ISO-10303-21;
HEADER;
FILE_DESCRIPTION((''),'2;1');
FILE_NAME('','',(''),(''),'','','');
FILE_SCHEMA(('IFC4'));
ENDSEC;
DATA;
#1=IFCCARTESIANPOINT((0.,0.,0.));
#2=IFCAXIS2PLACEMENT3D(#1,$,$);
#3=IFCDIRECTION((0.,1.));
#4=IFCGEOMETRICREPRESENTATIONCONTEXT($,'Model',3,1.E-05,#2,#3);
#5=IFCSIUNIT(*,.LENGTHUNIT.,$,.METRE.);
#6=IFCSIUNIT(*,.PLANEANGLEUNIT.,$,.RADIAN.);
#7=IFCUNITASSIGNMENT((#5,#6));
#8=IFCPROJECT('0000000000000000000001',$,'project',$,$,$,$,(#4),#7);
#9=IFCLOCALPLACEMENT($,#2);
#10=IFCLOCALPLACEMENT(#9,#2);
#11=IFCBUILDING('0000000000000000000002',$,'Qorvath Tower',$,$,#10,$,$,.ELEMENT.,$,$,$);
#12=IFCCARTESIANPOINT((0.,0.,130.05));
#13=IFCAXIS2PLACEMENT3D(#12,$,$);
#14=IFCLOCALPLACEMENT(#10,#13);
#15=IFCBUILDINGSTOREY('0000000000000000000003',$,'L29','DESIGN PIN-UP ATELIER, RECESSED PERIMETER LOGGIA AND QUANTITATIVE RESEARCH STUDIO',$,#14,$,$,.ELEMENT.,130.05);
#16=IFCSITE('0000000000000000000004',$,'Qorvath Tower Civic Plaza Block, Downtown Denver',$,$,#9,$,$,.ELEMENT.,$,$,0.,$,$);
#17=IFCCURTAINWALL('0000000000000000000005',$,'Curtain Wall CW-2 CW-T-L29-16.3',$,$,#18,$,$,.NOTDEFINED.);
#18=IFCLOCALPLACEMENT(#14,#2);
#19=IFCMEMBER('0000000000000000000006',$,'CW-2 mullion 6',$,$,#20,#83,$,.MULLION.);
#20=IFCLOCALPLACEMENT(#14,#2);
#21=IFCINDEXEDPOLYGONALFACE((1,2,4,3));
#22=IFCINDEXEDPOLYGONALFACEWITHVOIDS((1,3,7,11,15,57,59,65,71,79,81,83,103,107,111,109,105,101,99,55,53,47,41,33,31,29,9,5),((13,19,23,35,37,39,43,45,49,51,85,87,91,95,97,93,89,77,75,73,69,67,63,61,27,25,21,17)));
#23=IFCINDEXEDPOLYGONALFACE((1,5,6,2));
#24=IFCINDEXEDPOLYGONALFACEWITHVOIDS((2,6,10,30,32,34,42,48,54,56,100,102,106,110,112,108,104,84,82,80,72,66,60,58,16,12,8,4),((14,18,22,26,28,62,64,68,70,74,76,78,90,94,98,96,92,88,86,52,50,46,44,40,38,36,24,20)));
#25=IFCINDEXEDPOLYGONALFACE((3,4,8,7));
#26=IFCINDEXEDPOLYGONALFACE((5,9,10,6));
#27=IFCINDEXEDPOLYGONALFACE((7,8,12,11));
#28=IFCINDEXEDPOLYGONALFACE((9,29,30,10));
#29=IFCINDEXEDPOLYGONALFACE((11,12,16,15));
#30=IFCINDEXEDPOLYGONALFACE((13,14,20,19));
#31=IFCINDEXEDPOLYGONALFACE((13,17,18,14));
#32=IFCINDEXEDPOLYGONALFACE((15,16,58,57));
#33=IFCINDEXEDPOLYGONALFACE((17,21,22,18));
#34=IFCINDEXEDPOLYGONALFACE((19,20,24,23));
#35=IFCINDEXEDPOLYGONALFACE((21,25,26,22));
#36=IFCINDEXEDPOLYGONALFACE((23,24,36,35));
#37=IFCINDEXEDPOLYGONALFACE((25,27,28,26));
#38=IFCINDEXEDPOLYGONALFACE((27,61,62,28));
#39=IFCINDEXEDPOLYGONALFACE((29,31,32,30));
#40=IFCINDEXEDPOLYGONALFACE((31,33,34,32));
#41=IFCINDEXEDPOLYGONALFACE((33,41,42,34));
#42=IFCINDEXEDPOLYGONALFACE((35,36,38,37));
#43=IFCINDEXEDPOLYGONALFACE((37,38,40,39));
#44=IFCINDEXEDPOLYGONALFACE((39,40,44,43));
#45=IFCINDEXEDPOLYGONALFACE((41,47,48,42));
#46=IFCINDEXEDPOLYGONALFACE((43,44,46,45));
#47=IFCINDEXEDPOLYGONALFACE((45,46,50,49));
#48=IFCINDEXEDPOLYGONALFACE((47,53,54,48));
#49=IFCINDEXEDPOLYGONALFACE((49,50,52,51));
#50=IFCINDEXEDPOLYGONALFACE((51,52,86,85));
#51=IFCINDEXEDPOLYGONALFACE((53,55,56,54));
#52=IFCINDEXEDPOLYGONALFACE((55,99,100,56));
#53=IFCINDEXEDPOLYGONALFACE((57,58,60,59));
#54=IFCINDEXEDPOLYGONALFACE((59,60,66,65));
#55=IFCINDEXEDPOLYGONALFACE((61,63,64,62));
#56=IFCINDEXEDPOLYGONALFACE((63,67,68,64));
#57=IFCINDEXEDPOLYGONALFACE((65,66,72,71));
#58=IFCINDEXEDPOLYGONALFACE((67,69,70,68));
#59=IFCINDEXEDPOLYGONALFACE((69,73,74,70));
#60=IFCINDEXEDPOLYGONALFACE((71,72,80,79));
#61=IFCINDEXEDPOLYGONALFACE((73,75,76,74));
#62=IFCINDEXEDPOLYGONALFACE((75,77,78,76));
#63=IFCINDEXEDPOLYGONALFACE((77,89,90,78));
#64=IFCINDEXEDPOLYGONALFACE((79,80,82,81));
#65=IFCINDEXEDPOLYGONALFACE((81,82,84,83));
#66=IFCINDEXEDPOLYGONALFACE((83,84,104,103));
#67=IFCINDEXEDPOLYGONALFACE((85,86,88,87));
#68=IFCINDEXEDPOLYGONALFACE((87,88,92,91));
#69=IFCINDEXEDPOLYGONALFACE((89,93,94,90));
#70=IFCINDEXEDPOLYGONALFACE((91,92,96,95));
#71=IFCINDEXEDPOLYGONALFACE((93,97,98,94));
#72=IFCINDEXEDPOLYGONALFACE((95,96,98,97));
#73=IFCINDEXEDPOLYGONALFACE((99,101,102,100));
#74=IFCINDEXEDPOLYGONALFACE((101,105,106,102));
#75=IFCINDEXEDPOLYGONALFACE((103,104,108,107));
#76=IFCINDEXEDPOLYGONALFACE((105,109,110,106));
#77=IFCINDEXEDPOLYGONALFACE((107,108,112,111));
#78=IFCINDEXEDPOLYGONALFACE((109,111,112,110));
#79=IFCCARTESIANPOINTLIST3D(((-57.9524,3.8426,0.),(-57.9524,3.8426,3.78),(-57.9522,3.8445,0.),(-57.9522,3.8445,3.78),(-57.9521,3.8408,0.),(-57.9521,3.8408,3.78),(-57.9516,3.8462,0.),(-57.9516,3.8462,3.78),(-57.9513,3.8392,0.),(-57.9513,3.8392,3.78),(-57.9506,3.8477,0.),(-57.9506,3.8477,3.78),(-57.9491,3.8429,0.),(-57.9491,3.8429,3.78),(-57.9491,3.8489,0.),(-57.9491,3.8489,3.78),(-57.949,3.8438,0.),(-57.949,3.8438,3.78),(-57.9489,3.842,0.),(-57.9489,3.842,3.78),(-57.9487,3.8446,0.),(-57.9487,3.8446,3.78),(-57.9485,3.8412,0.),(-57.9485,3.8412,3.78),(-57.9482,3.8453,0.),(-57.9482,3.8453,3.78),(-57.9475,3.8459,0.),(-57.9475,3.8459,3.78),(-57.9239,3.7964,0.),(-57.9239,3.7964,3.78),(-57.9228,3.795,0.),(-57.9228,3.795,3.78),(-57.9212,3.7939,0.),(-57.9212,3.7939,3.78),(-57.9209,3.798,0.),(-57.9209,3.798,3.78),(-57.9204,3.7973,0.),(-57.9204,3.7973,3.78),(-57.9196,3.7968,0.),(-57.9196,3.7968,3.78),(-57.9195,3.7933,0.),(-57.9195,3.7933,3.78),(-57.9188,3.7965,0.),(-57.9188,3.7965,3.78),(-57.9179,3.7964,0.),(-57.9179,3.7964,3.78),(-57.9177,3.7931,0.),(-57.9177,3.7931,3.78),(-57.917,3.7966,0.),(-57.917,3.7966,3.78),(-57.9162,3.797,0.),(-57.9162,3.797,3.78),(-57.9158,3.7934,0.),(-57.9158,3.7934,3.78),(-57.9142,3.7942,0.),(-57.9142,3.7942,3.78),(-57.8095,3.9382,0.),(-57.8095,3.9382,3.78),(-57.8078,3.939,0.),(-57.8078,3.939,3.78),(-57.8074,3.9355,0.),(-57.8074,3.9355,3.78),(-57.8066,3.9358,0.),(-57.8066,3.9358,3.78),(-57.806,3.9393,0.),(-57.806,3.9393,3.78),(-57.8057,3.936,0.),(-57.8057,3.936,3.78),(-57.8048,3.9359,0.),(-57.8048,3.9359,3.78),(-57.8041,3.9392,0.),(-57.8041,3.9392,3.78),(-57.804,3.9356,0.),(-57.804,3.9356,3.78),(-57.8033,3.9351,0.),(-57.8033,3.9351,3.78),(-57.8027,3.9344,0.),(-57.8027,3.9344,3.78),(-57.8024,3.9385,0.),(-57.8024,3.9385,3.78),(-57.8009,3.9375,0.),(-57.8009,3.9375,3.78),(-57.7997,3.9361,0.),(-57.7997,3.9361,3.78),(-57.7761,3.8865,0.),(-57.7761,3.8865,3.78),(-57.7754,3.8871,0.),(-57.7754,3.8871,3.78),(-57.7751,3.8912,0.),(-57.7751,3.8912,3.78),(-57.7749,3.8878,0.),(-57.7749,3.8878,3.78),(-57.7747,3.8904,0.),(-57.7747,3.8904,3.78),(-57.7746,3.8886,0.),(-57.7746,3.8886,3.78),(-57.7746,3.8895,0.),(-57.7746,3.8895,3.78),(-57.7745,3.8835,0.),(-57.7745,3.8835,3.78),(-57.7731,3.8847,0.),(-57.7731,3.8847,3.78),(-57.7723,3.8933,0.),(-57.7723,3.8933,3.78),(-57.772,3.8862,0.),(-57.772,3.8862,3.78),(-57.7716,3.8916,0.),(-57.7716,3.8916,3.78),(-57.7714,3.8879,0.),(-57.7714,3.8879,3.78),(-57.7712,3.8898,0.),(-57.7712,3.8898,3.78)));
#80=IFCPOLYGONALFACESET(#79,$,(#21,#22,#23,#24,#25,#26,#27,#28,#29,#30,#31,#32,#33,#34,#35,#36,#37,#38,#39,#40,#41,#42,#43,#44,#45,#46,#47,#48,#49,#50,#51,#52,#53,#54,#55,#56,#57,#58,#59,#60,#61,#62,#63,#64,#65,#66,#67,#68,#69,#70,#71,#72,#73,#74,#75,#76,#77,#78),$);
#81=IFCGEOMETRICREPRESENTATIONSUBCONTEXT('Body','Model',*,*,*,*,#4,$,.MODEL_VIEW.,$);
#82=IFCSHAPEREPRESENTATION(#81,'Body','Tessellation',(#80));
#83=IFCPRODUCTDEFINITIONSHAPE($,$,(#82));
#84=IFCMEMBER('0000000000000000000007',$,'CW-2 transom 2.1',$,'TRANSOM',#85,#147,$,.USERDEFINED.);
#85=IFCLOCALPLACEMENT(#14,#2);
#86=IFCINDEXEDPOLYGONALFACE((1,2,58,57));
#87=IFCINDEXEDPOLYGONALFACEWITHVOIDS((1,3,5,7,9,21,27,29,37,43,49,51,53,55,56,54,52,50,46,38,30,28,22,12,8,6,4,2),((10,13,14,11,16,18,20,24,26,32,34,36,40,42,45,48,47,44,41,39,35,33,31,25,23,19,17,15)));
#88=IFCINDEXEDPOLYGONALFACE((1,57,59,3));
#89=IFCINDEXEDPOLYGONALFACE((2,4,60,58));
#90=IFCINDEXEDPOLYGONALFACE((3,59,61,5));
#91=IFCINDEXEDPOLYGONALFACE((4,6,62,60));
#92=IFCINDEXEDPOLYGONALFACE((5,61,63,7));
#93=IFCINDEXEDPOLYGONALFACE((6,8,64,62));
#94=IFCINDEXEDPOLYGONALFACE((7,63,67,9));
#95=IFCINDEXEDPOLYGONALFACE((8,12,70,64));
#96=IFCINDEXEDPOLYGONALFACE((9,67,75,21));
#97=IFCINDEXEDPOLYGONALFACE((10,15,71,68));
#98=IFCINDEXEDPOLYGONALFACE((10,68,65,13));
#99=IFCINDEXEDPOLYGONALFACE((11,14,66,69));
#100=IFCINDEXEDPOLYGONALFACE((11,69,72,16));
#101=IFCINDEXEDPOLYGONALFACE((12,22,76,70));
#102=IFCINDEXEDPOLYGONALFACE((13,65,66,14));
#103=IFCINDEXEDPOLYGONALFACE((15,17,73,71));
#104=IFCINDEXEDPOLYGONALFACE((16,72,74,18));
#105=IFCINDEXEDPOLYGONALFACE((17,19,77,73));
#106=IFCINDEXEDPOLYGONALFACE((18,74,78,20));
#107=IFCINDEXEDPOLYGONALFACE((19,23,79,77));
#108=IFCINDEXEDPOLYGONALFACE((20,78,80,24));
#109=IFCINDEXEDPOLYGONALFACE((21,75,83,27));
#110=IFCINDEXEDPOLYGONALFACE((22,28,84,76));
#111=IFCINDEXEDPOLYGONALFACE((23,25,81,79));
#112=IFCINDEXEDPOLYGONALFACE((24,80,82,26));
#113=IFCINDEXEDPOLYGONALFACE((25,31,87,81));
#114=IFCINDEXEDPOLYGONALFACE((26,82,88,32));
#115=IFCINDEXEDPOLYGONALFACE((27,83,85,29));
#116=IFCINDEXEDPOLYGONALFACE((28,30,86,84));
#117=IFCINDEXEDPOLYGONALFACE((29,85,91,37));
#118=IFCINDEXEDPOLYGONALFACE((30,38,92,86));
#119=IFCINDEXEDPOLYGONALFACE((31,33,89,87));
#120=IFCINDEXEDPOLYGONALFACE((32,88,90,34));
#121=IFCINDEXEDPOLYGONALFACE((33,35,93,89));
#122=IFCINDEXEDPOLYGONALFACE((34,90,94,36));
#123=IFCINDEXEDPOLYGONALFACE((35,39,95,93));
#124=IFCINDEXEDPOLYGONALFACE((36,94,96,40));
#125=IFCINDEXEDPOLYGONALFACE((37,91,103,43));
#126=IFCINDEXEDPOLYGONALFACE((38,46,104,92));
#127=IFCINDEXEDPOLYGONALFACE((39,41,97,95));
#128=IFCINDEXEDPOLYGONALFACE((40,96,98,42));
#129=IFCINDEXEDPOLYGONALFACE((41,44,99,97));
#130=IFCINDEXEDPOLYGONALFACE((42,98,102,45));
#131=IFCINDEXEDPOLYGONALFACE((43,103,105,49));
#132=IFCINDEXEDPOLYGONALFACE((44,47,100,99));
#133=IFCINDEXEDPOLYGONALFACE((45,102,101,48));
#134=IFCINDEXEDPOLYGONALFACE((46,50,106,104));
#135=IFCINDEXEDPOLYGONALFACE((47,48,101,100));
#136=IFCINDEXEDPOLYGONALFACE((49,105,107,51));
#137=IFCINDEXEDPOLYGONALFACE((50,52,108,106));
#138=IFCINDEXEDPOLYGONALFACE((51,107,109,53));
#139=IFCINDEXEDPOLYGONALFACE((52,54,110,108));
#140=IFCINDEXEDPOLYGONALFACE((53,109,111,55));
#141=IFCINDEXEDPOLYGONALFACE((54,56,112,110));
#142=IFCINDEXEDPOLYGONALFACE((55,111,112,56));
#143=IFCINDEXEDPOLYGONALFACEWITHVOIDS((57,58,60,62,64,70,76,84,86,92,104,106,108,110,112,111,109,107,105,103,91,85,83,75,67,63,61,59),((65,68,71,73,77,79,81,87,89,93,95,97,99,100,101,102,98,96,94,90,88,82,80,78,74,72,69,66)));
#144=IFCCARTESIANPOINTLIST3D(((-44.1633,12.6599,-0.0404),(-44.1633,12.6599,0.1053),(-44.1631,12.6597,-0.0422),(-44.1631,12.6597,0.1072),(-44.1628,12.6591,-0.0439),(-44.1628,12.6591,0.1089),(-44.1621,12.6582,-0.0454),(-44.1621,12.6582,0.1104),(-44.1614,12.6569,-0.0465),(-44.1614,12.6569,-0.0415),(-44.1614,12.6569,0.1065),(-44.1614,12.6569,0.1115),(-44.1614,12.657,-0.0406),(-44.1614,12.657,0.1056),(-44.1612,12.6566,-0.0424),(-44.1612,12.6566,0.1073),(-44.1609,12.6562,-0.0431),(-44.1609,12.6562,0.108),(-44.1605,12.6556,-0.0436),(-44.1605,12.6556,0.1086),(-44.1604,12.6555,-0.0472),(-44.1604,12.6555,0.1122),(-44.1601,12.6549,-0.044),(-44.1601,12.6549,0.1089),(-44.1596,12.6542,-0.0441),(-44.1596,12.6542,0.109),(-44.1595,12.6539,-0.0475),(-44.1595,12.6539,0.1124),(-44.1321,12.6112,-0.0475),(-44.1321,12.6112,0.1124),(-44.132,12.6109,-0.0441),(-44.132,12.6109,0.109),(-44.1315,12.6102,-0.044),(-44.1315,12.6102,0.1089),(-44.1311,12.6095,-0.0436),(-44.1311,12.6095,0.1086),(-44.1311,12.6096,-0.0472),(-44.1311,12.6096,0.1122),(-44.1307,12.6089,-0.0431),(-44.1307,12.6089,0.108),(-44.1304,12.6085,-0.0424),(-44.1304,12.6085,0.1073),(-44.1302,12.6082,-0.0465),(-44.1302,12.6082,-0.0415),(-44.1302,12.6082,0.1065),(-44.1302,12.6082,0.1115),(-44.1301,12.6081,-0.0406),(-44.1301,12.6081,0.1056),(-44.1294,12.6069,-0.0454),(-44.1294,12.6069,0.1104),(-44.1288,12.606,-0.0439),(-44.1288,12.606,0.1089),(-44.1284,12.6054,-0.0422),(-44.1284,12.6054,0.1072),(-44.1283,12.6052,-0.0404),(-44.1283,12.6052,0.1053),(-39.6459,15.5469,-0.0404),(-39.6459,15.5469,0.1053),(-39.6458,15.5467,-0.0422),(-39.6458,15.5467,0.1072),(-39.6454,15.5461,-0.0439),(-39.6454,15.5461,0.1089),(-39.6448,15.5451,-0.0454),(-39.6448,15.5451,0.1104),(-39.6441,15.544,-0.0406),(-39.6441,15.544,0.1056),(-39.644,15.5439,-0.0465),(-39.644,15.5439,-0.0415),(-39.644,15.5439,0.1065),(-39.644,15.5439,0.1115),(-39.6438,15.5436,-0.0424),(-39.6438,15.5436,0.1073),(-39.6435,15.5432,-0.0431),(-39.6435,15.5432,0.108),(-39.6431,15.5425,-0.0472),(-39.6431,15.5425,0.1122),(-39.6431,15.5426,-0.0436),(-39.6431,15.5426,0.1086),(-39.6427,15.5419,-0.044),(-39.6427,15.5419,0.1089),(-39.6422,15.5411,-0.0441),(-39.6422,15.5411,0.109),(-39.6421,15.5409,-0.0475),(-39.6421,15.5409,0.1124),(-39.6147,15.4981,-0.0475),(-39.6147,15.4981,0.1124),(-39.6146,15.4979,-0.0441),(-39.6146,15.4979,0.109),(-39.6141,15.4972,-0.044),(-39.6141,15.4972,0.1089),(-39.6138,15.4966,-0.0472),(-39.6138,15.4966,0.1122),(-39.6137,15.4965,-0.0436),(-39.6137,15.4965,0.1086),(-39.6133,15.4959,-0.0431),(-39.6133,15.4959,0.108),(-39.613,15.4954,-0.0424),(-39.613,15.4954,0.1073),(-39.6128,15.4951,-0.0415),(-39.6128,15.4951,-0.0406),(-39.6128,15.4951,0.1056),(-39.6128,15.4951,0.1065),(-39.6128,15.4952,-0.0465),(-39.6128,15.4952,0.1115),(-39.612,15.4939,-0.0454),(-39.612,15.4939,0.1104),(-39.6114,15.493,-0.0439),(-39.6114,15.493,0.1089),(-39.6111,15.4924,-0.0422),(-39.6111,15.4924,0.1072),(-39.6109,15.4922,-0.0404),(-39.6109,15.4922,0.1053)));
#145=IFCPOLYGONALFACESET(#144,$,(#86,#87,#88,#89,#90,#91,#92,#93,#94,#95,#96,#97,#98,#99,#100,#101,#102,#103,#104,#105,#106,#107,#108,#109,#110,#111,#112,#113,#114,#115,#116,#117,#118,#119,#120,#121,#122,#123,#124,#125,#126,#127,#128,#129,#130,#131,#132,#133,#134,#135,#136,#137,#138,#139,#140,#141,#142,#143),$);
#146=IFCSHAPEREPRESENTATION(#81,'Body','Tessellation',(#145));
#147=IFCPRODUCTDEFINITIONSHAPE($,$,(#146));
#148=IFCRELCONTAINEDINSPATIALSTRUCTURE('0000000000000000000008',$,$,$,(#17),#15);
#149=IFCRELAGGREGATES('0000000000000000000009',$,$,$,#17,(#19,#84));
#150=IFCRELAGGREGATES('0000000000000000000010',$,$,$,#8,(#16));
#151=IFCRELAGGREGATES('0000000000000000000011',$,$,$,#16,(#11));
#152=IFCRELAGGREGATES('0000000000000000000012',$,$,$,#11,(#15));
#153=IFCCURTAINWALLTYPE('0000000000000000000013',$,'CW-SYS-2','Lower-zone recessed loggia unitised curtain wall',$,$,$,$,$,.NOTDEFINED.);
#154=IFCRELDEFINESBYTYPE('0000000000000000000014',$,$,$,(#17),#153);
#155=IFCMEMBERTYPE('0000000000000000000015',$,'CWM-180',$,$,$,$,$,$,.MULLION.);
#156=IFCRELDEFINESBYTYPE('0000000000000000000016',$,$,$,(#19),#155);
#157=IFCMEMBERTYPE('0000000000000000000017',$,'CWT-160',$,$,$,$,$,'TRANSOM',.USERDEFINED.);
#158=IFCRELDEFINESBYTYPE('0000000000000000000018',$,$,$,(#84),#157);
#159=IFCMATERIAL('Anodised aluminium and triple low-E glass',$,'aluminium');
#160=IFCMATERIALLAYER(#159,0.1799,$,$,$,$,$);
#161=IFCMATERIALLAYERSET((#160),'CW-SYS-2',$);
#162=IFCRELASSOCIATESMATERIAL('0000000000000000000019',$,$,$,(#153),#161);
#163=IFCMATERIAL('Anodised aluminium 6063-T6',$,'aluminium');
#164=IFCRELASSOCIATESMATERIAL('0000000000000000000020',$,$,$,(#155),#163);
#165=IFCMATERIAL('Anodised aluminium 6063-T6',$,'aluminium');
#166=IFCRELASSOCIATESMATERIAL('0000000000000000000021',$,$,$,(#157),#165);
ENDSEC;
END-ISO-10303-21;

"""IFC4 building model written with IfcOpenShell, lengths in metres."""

from ifc_helpers import new_model, si_unit, direction, frame, origin, origin_2d, place, context, subcontext, project, spatial, hollow_rectangle, extrude, material, layer, layer_set, material_profile, profile_set, type_object, element, aggregate, save


model = new_model("IFC4")

# Units and contexts
model_context = context("Model", 3, precision=1e-05, world=origin(), true_north=direction((0.0, 1.0)))
body_context = subcontext(model_context, "Body", "Model", "MODEL_VIEW")
ifc_project = project(units=[si_unit("LENGTHUNIT", "METRE"), si_unit("PLANEANGLEUNIT", "RADIAN")], contexts=[model_context])

# Site, building, storey
site_placement = place(None, origin())
site = spatial("IfcSite", under=ifc_project, at=site_placement, Name="Qorvath Tower Civic Plaza Block, Downtown Denver", CompositionType="ELEMENT", RefElevation=0.0)
building_placement = place(site_placement, origin())
building = spatial("IfcBuilding", under=site, at=building_placement, Name="Qorvath Tower", CompositionType="ELEMENT")
storey_placement = place(building_placement, frame((0.0, 0.0, 130.05)))
storey = spatial("IfcBuildingStorey", under=building, at=storey_placement, Name="L29", Description="DESIGN PIN-UP ATELIER, RECESSED PERIMETER LOGGIA AND QUANTITATIVE RESEARCH STUDIO", CompositionType="ELEMENT", Elevation=130.05)

# Curtain wall, members
ifc_material_1 = material(Name="Anodised aluminium and triple low-E glass", Category="aluminium")
ifc_layer_1 = layer(ifc_material_1, 0.1799)
ifc_layer_set_1 = layer_set([ifc_layer_1], Name="CW-SYS-2")
curtain_wall_type = type_object("IfcCurtainWallType", Name="CW-SYS-2", Description="Lower-zone recessed loggia unitised curtain wall", PredefinedType="NOTDEFINED", material=ifc_layer_set_1)
curtain_wall_placement = place(storey_placement, origin())
curtain_wall = element("IfcCurtainWall", 1, at=curtain_wall_placement, inside=storey, type_object=curtain_wall_type, Name="Curtain Wall CW-2 CW-T-L29-16.3", PredefinedType="NOTDEFINED")
ifc_material_2 = material(Name="Anodised aluminium 6063-T6", Category="aluminium")
ifc_material_profile_1 = material_profile(ifc_material_2, hollow_rectangle(XDim=0.0649, YDim=0.1799, WallThickness=0.0034, InnerFilletRadius=0.0034, OuterFilletRadius=0.0071, at=origin_2d()), Name="CWM 180x65")
ifc_profile_set_1 = profile_set([ifc_material_profile_1], Name="Anodised aluminium 6063-T6")
member_type_1 = type_object("IfcMemberType", Name="CWM-180", PredefinedType="MULLION", material=ifc_profile_set_1)
member_1_placement = place(storey_placement, frame((-57.8618, 3.8662, 0.0), z_axis=(0.0, 0.0, 1.0), x_axis=(0.538534, -0.842604, 0.0)))
member_1 = element("IfcMember", 2, at=member_1_placement, type_object=member_type_1, Name="CW-2 mullion 6", PredefinedType="MULLION", context=body_context, shape_type="SweptSolid", body=[
    extrude(hollow_rectangle(XDim=0.0649, YDim=0.1799, WallThickness=0.0034, InnerFilletRadius=0.0034, OuterFilletRadius=0.0071, at=origin_2d()), origin(), (0.0, 0.0, 1.0), 3.78),
])
ifc_material_3 = material(Name="Anodised aluminium 6063-T6", Category="aluminium")
ifc_material_profile_2 = material_profile(ifc_material_3, hollow_rectangle(XDim=0.0649, YDim=0.1599, WallThickness=0.0034, InnerFilletRadius=0.0034, OuterFilletRadius=0.0071, at=origin_2d()), Name="CWT 160x65")
ifc_profile_set_2 = profile_set([ifc_material_profile_2], Name="Anodised aluminium 6063-T6")
member_type_2 = type_object("IfcMemberType", Name="CWT-160", ElementType="TRANSOM", PredefinedType="USERDEFINED", material=ifc_profile_set_2)
member_2_placement = place(storey_placement, frame((-39.6284, 15.5195, 0.0325), z_axis=(-0.842621, -0.538507, 0.0), x_axis=(0.538507, -0.842621, 0.0)))
member_2 = element("IfcMember", 3, at=member_2_placement, type_object=member_type_2, Name="CW-2 transom 2.1", ObjectType="TRANSOM", PredefinedType="USERDEFINED", context=body_context, shape_type="SweptSolid", body=[
    extrude(hollow_rectangle(XDim=0.0649, YDim=0.1599, WallThickness=0.0034, InnerFilletRadius=0.0034, OuterFilletRadius=0.0071, at=origin_2d()), origin(), (0.0, 0.0, 1.0), 5.3611),
])
aggregate(curtain_wall, [member_1, member_2])

save(model, "model.ifc")
